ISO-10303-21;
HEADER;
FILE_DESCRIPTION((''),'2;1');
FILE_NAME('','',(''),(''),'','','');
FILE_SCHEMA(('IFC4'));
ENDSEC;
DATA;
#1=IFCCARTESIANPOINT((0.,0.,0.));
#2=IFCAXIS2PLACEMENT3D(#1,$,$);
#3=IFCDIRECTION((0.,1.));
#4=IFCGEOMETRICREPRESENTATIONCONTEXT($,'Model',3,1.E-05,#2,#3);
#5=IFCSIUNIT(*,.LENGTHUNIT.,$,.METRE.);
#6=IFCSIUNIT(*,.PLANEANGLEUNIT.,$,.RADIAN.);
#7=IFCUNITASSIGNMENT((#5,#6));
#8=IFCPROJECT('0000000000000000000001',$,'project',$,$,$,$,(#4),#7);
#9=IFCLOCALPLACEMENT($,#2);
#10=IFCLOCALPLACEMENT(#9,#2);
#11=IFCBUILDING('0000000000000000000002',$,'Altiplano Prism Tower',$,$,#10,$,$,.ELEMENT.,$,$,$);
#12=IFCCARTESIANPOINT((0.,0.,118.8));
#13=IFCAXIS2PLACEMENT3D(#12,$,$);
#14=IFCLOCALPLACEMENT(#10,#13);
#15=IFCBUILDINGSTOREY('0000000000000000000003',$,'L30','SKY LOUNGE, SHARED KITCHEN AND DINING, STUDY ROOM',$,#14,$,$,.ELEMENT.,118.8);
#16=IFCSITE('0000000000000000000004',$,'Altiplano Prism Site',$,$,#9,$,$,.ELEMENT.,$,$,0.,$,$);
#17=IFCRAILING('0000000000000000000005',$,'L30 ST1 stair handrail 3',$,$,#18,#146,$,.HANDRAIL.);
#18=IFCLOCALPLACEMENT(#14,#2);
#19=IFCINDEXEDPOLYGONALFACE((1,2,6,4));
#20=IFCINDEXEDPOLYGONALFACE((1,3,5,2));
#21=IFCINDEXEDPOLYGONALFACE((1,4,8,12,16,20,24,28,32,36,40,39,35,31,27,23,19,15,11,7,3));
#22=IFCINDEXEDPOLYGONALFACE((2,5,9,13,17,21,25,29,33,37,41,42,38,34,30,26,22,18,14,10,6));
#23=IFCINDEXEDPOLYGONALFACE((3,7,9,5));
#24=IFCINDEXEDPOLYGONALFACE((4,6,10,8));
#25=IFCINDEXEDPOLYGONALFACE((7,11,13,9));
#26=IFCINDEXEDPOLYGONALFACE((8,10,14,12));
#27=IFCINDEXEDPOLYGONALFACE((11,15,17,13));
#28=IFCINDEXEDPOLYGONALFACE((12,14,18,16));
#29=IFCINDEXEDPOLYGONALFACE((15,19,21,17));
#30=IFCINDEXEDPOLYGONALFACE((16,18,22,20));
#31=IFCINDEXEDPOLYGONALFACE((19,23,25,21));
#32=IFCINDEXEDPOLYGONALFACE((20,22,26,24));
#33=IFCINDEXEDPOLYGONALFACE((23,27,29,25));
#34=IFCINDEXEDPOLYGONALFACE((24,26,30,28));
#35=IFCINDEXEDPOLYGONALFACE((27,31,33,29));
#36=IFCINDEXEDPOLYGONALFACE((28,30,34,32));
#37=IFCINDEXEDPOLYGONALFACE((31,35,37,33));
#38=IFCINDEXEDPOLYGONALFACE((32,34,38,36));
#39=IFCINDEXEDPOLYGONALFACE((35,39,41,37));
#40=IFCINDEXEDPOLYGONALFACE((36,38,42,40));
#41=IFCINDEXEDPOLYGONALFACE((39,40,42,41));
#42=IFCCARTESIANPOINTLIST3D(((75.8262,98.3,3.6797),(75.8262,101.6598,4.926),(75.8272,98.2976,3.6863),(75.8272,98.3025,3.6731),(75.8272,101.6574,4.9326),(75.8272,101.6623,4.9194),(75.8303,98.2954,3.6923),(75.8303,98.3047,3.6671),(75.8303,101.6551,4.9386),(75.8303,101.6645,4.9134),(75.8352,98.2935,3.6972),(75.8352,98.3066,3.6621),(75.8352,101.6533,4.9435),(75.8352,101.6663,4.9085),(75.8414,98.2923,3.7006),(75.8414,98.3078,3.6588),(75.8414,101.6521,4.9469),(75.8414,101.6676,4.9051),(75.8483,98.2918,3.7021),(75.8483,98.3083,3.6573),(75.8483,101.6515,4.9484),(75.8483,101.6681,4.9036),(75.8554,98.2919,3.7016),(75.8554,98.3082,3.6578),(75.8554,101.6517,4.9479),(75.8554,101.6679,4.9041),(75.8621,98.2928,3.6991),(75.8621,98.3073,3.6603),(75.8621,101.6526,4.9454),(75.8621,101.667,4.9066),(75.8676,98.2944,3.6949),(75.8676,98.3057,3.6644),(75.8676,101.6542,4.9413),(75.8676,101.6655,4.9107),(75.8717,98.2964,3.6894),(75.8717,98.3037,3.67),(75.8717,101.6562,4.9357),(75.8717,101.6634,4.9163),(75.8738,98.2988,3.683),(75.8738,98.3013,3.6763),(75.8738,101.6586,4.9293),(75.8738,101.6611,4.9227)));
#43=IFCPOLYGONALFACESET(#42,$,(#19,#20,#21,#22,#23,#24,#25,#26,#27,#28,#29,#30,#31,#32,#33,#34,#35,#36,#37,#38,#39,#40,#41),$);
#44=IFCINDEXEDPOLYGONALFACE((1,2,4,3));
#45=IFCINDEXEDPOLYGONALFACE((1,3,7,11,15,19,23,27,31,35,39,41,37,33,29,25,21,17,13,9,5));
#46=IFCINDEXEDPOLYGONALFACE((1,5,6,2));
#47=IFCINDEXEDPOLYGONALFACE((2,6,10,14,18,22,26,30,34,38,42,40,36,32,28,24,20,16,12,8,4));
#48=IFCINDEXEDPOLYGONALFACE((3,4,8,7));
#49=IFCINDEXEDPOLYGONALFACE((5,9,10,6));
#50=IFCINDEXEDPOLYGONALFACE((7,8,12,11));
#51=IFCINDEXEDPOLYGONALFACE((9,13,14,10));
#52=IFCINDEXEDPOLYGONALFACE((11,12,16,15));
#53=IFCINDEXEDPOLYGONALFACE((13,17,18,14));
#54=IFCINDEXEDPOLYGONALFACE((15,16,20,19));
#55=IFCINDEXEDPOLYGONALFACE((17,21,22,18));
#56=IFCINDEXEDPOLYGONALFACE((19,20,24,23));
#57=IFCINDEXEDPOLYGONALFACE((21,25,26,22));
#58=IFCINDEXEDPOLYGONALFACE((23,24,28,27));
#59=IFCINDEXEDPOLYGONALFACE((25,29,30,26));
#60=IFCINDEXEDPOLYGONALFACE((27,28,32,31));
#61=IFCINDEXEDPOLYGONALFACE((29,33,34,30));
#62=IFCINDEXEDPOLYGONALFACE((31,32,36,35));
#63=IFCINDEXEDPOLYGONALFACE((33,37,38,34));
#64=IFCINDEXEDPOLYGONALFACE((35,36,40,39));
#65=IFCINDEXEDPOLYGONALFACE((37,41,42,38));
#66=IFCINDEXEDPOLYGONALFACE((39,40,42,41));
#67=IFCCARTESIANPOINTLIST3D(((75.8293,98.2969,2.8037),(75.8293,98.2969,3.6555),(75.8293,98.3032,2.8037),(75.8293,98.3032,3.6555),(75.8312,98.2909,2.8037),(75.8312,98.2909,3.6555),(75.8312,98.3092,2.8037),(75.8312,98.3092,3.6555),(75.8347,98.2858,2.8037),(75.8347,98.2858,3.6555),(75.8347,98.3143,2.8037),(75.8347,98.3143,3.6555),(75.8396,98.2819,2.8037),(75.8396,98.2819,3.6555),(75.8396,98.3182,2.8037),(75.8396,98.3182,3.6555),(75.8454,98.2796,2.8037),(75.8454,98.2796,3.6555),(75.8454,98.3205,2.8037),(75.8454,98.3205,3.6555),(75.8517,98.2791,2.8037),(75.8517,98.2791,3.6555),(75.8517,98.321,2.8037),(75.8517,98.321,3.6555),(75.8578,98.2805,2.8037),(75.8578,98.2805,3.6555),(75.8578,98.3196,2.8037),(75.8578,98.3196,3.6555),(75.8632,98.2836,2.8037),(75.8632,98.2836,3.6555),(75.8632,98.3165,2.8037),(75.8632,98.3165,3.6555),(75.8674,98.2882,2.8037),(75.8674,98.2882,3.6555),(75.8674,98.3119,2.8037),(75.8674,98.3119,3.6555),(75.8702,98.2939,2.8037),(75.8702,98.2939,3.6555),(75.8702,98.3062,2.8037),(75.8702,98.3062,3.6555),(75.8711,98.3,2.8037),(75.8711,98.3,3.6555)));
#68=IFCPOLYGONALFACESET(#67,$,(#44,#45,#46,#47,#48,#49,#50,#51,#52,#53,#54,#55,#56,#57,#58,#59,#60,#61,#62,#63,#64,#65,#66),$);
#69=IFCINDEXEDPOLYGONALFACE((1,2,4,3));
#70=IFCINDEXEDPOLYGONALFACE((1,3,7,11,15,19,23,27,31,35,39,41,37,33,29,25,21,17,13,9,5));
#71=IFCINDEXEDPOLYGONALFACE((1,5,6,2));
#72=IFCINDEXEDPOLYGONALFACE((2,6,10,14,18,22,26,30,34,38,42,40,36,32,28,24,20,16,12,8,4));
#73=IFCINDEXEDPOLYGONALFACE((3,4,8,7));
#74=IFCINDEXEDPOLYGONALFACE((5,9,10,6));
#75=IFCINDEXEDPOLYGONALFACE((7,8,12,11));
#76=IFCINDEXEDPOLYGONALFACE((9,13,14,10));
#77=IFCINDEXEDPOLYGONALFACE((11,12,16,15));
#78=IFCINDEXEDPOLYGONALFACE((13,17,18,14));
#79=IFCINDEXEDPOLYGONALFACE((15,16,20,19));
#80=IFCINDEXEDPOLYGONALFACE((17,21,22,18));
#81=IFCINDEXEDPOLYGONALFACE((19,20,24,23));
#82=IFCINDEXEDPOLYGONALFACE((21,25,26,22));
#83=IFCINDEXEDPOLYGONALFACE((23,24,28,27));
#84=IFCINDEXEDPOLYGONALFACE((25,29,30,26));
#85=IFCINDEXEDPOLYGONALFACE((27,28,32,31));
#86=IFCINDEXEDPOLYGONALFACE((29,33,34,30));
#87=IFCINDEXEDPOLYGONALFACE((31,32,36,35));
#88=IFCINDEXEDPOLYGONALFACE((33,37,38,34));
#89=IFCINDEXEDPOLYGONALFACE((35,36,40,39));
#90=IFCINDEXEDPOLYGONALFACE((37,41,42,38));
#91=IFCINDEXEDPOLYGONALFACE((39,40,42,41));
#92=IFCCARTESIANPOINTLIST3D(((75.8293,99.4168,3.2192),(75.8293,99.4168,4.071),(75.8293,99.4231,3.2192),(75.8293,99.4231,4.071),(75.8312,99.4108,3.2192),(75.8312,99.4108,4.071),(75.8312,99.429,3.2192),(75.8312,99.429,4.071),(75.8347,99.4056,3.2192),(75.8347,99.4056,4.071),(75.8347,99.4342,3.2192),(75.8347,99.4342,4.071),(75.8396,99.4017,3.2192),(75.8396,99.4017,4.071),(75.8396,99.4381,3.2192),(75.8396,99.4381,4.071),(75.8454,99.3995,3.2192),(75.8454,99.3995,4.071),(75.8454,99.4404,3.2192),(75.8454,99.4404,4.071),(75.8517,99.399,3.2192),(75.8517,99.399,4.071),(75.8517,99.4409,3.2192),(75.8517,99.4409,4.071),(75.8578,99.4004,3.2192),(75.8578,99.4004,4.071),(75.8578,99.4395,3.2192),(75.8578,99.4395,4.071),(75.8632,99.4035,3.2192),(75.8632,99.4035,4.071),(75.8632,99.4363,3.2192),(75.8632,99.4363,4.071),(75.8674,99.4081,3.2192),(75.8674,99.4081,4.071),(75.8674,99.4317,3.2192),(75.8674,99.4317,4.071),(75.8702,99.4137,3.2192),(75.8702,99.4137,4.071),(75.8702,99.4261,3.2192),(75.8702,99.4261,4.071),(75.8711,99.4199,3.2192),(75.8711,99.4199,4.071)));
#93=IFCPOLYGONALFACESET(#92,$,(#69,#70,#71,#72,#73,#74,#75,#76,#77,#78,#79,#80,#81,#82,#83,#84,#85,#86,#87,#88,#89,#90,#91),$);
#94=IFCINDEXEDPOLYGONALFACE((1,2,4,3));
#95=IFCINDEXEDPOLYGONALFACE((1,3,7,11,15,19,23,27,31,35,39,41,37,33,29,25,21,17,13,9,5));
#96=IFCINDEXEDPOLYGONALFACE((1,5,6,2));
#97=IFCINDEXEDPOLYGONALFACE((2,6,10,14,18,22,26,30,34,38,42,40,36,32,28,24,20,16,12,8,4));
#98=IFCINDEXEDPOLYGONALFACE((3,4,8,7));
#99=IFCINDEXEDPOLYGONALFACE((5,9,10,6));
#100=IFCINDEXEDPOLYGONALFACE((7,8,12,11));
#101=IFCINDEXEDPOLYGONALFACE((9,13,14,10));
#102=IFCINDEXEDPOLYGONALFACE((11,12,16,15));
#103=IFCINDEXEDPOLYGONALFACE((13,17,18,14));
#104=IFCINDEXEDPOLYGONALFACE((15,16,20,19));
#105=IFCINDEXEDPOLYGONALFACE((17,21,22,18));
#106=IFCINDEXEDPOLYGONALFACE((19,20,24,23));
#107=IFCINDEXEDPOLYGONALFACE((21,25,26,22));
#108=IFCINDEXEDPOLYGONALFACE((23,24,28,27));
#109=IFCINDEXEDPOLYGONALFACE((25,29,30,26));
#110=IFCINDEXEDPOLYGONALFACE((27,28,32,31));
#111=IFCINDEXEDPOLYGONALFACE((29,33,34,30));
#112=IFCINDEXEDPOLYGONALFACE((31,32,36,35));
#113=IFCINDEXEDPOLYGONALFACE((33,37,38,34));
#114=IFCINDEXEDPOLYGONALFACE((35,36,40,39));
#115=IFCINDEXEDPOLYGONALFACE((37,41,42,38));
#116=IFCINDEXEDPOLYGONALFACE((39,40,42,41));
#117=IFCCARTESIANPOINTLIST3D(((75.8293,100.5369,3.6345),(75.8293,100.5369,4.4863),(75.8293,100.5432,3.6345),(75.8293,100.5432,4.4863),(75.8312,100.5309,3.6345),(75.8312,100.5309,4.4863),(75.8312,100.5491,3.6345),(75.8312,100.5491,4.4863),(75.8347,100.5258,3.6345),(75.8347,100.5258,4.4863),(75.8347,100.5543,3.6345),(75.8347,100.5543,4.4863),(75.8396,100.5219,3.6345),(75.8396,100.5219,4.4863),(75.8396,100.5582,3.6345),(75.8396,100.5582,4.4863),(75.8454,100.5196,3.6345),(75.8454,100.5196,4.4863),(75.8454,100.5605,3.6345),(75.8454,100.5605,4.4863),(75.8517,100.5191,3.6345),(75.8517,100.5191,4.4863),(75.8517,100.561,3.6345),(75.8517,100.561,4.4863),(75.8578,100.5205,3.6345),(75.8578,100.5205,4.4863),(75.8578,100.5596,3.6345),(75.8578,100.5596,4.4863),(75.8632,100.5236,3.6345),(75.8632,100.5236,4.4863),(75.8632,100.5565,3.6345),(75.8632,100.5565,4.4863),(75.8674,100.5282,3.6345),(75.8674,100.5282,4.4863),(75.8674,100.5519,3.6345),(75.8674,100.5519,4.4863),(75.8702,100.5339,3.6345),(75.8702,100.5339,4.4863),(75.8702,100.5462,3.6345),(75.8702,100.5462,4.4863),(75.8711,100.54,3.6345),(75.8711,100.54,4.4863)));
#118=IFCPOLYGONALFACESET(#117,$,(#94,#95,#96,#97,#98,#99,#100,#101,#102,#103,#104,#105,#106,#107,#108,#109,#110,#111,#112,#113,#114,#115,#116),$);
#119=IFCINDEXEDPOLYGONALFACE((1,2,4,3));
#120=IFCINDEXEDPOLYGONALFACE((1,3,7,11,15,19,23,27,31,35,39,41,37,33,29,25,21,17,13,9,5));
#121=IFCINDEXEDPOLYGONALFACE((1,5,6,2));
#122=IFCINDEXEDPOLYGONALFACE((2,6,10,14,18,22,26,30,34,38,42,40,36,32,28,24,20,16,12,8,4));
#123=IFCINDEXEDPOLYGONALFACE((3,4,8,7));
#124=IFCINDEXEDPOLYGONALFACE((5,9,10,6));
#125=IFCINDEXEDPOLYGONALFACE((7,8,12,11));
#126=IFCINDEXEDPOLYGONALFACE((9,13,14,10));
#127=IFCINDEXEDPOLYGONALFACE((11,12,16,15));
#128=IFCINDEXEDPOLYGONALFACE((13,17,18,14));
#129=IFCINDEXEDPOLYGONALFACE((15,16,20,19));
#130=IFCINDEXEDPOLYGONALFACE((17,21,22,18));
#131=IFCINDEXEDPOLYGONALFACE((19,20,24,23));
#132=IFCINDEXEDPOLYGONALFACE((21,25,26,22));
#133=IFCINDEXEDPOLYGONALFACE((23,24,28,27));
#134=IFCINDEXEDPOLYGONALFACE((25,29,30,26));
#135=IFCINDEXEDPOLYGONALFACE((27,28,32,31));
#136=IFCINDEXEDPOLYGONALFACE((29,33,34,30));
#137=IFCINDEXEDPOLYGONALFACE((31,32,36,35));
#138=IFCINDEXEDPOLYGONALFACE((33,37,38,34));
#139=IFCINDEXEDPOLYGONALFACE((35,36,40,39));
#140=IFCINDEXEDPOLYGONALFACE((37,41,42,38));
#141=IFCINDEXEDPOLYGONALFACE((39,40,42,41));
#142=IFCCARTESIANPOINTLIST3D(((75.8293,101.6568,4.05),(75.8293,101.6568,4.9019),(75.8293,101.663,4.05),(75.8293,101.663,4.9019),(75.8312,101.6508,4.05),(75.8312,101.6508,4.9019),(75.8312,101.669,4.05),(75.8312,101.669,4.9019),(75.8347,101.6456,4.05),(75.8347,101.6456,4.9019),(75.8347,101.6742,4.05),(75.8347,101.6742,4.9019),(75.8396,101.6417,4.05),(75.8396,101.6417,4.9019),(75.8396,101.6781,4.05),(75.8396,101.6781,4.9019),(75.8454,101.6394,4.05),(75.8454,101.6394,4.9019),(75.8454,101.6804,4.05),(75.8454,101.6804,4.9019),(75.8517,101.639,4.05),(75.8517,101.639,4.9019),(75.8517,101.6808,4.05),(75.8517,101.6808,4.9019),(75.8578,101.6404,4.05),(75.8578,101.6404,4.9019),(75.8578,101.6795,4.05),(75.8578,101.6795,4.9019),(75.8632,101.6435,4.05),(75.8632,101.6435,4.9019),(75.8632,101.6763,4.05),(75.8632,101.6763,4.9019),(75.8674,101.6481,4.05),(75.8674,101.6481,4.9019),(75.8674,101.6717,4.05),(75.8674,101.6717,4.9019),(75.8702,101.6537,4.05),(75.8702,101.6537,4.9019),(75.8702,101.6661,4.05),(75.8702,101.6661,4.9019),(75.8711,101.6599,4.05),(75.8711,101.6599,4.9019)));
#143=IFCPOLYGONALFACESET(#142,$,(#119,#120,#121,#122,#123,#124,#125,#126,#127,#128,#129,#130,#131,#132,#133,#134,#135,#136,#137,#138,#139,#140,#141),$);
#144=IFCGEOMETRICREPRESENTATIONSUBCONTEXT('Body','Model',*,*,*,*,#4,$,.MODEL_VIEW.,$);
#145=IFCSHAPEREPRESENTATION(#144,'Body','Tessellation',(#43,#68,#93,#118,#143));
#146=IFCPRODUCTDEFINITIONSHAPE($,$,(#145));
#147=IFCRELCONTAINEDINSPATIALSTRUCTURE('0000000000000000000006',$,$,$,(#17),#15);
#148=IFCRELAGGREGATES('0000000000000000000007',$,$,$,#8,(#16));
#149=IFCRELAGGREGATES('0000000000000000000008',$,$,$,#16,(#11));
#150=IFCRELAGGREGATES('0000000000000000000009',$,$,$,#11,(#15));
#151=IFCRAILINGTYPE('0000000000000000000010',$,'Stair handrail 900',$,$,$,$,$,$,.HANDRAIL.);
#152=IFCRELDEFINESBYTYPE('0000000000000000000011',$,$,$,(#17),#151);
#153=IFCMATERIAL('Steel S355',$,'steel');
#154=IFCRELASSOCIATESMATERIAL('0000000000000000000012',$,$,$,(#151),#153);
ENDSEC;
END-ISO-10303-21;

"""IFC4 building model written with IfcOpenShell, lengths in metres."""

from ifc_helpers import new_model, si_unit, direction, frame, origin, origin_2d, place, context, subcontext, project, spatial, circle, extrude, material, type_object, element, save


model = new_model("IFC4")

# Units and contexts
model_context = context("Model", 3, precision=1e-05, world=origin(), true_north=direction((0.0, 1.0)))
body_context = subcontext(model_context, "Body", "Model", "MODEL_VIEW")
ifc_project = project(units=[si_unit("LENGTHUNIT", "METRE"), si_unit("PLANEANGLEUNIT", "RADIAN")], contexts=[model_context])

# Site, building, storey
site_placement = place(None, origin())
site = spatial("IfcSite", under=ifc_project, at=site_placement, Name="Altiplano Prism Site", CompositionType="ELEMENT", RefElevation=0.0)
building_placement = place(site_placement, origin())
building = spatial("IfcBuilding", under=site, at=building_placement, Name="Altiplano Prism Tower", CompositionType="ELEMENT")
storey_placement = place(building_placement, frame((0.0, 0.0, 118.8)))
storey = spatial("IfcBuildingStorey", under=building, at=storey_placement, Name="L30", Description="SKY LOUNGE, SHARED KITCHEN AND DINING, STUDY ROOM", CompositionType="ELEMENT", Elevation=118.8)

# Railing
ifc_material_1 = material(Name="Steel S355", Category="steel")
railing_type_1 = type_object("IfcRailingType", Name="Stair handrail 900", PredefinedType="HANDRAIL", material=ifc_material_1)
railing_1_placement = place(storey_placement, frame((75.8501, 98.3, 2.8037)))
element("IfcRailing", 1, at=railing_1_placement, inside=storey, type_object=railing_type_1, Name="L30 ST1 stair handrail 3", PredefinedType="HANDRAIL", context=body_context, shape_type="SweptSolid", body=[
    extrude(circle(Radius=0.0239, at=origin_2d()), frame((0.0, 0.0, 0.876), z_axis=(0.0, 0.937572, 0.347791), x_axis=(-1.0, 0.0, 0.0)), (0.0, 0.0, 1.0), 3.5835),
    extrude(circle(Radius=0.021, at=origin_2d()), origin(), (0.0, 0.0, 1.0), 0.8518),
    extrude(circle(Radius=0.021, at=origin_2d()), frame((0.0, 1.1199, 0.4155)), (0.0, 0.0, 1.0), 0.8518),
    extrude(circle(Radius=0.021, at=origin_2d()), frame((0.0, 2.24, 0.8308)), (0.0, 0.0, 1.0), 0.8518),
    extrude(circle(Radius=0.021, at=origin_2d()), frame((0.0, 3.3599, 1.2463)), (0.0, 0.0, 1.0), 0.8518),
])

save(model, "model.ifc")
